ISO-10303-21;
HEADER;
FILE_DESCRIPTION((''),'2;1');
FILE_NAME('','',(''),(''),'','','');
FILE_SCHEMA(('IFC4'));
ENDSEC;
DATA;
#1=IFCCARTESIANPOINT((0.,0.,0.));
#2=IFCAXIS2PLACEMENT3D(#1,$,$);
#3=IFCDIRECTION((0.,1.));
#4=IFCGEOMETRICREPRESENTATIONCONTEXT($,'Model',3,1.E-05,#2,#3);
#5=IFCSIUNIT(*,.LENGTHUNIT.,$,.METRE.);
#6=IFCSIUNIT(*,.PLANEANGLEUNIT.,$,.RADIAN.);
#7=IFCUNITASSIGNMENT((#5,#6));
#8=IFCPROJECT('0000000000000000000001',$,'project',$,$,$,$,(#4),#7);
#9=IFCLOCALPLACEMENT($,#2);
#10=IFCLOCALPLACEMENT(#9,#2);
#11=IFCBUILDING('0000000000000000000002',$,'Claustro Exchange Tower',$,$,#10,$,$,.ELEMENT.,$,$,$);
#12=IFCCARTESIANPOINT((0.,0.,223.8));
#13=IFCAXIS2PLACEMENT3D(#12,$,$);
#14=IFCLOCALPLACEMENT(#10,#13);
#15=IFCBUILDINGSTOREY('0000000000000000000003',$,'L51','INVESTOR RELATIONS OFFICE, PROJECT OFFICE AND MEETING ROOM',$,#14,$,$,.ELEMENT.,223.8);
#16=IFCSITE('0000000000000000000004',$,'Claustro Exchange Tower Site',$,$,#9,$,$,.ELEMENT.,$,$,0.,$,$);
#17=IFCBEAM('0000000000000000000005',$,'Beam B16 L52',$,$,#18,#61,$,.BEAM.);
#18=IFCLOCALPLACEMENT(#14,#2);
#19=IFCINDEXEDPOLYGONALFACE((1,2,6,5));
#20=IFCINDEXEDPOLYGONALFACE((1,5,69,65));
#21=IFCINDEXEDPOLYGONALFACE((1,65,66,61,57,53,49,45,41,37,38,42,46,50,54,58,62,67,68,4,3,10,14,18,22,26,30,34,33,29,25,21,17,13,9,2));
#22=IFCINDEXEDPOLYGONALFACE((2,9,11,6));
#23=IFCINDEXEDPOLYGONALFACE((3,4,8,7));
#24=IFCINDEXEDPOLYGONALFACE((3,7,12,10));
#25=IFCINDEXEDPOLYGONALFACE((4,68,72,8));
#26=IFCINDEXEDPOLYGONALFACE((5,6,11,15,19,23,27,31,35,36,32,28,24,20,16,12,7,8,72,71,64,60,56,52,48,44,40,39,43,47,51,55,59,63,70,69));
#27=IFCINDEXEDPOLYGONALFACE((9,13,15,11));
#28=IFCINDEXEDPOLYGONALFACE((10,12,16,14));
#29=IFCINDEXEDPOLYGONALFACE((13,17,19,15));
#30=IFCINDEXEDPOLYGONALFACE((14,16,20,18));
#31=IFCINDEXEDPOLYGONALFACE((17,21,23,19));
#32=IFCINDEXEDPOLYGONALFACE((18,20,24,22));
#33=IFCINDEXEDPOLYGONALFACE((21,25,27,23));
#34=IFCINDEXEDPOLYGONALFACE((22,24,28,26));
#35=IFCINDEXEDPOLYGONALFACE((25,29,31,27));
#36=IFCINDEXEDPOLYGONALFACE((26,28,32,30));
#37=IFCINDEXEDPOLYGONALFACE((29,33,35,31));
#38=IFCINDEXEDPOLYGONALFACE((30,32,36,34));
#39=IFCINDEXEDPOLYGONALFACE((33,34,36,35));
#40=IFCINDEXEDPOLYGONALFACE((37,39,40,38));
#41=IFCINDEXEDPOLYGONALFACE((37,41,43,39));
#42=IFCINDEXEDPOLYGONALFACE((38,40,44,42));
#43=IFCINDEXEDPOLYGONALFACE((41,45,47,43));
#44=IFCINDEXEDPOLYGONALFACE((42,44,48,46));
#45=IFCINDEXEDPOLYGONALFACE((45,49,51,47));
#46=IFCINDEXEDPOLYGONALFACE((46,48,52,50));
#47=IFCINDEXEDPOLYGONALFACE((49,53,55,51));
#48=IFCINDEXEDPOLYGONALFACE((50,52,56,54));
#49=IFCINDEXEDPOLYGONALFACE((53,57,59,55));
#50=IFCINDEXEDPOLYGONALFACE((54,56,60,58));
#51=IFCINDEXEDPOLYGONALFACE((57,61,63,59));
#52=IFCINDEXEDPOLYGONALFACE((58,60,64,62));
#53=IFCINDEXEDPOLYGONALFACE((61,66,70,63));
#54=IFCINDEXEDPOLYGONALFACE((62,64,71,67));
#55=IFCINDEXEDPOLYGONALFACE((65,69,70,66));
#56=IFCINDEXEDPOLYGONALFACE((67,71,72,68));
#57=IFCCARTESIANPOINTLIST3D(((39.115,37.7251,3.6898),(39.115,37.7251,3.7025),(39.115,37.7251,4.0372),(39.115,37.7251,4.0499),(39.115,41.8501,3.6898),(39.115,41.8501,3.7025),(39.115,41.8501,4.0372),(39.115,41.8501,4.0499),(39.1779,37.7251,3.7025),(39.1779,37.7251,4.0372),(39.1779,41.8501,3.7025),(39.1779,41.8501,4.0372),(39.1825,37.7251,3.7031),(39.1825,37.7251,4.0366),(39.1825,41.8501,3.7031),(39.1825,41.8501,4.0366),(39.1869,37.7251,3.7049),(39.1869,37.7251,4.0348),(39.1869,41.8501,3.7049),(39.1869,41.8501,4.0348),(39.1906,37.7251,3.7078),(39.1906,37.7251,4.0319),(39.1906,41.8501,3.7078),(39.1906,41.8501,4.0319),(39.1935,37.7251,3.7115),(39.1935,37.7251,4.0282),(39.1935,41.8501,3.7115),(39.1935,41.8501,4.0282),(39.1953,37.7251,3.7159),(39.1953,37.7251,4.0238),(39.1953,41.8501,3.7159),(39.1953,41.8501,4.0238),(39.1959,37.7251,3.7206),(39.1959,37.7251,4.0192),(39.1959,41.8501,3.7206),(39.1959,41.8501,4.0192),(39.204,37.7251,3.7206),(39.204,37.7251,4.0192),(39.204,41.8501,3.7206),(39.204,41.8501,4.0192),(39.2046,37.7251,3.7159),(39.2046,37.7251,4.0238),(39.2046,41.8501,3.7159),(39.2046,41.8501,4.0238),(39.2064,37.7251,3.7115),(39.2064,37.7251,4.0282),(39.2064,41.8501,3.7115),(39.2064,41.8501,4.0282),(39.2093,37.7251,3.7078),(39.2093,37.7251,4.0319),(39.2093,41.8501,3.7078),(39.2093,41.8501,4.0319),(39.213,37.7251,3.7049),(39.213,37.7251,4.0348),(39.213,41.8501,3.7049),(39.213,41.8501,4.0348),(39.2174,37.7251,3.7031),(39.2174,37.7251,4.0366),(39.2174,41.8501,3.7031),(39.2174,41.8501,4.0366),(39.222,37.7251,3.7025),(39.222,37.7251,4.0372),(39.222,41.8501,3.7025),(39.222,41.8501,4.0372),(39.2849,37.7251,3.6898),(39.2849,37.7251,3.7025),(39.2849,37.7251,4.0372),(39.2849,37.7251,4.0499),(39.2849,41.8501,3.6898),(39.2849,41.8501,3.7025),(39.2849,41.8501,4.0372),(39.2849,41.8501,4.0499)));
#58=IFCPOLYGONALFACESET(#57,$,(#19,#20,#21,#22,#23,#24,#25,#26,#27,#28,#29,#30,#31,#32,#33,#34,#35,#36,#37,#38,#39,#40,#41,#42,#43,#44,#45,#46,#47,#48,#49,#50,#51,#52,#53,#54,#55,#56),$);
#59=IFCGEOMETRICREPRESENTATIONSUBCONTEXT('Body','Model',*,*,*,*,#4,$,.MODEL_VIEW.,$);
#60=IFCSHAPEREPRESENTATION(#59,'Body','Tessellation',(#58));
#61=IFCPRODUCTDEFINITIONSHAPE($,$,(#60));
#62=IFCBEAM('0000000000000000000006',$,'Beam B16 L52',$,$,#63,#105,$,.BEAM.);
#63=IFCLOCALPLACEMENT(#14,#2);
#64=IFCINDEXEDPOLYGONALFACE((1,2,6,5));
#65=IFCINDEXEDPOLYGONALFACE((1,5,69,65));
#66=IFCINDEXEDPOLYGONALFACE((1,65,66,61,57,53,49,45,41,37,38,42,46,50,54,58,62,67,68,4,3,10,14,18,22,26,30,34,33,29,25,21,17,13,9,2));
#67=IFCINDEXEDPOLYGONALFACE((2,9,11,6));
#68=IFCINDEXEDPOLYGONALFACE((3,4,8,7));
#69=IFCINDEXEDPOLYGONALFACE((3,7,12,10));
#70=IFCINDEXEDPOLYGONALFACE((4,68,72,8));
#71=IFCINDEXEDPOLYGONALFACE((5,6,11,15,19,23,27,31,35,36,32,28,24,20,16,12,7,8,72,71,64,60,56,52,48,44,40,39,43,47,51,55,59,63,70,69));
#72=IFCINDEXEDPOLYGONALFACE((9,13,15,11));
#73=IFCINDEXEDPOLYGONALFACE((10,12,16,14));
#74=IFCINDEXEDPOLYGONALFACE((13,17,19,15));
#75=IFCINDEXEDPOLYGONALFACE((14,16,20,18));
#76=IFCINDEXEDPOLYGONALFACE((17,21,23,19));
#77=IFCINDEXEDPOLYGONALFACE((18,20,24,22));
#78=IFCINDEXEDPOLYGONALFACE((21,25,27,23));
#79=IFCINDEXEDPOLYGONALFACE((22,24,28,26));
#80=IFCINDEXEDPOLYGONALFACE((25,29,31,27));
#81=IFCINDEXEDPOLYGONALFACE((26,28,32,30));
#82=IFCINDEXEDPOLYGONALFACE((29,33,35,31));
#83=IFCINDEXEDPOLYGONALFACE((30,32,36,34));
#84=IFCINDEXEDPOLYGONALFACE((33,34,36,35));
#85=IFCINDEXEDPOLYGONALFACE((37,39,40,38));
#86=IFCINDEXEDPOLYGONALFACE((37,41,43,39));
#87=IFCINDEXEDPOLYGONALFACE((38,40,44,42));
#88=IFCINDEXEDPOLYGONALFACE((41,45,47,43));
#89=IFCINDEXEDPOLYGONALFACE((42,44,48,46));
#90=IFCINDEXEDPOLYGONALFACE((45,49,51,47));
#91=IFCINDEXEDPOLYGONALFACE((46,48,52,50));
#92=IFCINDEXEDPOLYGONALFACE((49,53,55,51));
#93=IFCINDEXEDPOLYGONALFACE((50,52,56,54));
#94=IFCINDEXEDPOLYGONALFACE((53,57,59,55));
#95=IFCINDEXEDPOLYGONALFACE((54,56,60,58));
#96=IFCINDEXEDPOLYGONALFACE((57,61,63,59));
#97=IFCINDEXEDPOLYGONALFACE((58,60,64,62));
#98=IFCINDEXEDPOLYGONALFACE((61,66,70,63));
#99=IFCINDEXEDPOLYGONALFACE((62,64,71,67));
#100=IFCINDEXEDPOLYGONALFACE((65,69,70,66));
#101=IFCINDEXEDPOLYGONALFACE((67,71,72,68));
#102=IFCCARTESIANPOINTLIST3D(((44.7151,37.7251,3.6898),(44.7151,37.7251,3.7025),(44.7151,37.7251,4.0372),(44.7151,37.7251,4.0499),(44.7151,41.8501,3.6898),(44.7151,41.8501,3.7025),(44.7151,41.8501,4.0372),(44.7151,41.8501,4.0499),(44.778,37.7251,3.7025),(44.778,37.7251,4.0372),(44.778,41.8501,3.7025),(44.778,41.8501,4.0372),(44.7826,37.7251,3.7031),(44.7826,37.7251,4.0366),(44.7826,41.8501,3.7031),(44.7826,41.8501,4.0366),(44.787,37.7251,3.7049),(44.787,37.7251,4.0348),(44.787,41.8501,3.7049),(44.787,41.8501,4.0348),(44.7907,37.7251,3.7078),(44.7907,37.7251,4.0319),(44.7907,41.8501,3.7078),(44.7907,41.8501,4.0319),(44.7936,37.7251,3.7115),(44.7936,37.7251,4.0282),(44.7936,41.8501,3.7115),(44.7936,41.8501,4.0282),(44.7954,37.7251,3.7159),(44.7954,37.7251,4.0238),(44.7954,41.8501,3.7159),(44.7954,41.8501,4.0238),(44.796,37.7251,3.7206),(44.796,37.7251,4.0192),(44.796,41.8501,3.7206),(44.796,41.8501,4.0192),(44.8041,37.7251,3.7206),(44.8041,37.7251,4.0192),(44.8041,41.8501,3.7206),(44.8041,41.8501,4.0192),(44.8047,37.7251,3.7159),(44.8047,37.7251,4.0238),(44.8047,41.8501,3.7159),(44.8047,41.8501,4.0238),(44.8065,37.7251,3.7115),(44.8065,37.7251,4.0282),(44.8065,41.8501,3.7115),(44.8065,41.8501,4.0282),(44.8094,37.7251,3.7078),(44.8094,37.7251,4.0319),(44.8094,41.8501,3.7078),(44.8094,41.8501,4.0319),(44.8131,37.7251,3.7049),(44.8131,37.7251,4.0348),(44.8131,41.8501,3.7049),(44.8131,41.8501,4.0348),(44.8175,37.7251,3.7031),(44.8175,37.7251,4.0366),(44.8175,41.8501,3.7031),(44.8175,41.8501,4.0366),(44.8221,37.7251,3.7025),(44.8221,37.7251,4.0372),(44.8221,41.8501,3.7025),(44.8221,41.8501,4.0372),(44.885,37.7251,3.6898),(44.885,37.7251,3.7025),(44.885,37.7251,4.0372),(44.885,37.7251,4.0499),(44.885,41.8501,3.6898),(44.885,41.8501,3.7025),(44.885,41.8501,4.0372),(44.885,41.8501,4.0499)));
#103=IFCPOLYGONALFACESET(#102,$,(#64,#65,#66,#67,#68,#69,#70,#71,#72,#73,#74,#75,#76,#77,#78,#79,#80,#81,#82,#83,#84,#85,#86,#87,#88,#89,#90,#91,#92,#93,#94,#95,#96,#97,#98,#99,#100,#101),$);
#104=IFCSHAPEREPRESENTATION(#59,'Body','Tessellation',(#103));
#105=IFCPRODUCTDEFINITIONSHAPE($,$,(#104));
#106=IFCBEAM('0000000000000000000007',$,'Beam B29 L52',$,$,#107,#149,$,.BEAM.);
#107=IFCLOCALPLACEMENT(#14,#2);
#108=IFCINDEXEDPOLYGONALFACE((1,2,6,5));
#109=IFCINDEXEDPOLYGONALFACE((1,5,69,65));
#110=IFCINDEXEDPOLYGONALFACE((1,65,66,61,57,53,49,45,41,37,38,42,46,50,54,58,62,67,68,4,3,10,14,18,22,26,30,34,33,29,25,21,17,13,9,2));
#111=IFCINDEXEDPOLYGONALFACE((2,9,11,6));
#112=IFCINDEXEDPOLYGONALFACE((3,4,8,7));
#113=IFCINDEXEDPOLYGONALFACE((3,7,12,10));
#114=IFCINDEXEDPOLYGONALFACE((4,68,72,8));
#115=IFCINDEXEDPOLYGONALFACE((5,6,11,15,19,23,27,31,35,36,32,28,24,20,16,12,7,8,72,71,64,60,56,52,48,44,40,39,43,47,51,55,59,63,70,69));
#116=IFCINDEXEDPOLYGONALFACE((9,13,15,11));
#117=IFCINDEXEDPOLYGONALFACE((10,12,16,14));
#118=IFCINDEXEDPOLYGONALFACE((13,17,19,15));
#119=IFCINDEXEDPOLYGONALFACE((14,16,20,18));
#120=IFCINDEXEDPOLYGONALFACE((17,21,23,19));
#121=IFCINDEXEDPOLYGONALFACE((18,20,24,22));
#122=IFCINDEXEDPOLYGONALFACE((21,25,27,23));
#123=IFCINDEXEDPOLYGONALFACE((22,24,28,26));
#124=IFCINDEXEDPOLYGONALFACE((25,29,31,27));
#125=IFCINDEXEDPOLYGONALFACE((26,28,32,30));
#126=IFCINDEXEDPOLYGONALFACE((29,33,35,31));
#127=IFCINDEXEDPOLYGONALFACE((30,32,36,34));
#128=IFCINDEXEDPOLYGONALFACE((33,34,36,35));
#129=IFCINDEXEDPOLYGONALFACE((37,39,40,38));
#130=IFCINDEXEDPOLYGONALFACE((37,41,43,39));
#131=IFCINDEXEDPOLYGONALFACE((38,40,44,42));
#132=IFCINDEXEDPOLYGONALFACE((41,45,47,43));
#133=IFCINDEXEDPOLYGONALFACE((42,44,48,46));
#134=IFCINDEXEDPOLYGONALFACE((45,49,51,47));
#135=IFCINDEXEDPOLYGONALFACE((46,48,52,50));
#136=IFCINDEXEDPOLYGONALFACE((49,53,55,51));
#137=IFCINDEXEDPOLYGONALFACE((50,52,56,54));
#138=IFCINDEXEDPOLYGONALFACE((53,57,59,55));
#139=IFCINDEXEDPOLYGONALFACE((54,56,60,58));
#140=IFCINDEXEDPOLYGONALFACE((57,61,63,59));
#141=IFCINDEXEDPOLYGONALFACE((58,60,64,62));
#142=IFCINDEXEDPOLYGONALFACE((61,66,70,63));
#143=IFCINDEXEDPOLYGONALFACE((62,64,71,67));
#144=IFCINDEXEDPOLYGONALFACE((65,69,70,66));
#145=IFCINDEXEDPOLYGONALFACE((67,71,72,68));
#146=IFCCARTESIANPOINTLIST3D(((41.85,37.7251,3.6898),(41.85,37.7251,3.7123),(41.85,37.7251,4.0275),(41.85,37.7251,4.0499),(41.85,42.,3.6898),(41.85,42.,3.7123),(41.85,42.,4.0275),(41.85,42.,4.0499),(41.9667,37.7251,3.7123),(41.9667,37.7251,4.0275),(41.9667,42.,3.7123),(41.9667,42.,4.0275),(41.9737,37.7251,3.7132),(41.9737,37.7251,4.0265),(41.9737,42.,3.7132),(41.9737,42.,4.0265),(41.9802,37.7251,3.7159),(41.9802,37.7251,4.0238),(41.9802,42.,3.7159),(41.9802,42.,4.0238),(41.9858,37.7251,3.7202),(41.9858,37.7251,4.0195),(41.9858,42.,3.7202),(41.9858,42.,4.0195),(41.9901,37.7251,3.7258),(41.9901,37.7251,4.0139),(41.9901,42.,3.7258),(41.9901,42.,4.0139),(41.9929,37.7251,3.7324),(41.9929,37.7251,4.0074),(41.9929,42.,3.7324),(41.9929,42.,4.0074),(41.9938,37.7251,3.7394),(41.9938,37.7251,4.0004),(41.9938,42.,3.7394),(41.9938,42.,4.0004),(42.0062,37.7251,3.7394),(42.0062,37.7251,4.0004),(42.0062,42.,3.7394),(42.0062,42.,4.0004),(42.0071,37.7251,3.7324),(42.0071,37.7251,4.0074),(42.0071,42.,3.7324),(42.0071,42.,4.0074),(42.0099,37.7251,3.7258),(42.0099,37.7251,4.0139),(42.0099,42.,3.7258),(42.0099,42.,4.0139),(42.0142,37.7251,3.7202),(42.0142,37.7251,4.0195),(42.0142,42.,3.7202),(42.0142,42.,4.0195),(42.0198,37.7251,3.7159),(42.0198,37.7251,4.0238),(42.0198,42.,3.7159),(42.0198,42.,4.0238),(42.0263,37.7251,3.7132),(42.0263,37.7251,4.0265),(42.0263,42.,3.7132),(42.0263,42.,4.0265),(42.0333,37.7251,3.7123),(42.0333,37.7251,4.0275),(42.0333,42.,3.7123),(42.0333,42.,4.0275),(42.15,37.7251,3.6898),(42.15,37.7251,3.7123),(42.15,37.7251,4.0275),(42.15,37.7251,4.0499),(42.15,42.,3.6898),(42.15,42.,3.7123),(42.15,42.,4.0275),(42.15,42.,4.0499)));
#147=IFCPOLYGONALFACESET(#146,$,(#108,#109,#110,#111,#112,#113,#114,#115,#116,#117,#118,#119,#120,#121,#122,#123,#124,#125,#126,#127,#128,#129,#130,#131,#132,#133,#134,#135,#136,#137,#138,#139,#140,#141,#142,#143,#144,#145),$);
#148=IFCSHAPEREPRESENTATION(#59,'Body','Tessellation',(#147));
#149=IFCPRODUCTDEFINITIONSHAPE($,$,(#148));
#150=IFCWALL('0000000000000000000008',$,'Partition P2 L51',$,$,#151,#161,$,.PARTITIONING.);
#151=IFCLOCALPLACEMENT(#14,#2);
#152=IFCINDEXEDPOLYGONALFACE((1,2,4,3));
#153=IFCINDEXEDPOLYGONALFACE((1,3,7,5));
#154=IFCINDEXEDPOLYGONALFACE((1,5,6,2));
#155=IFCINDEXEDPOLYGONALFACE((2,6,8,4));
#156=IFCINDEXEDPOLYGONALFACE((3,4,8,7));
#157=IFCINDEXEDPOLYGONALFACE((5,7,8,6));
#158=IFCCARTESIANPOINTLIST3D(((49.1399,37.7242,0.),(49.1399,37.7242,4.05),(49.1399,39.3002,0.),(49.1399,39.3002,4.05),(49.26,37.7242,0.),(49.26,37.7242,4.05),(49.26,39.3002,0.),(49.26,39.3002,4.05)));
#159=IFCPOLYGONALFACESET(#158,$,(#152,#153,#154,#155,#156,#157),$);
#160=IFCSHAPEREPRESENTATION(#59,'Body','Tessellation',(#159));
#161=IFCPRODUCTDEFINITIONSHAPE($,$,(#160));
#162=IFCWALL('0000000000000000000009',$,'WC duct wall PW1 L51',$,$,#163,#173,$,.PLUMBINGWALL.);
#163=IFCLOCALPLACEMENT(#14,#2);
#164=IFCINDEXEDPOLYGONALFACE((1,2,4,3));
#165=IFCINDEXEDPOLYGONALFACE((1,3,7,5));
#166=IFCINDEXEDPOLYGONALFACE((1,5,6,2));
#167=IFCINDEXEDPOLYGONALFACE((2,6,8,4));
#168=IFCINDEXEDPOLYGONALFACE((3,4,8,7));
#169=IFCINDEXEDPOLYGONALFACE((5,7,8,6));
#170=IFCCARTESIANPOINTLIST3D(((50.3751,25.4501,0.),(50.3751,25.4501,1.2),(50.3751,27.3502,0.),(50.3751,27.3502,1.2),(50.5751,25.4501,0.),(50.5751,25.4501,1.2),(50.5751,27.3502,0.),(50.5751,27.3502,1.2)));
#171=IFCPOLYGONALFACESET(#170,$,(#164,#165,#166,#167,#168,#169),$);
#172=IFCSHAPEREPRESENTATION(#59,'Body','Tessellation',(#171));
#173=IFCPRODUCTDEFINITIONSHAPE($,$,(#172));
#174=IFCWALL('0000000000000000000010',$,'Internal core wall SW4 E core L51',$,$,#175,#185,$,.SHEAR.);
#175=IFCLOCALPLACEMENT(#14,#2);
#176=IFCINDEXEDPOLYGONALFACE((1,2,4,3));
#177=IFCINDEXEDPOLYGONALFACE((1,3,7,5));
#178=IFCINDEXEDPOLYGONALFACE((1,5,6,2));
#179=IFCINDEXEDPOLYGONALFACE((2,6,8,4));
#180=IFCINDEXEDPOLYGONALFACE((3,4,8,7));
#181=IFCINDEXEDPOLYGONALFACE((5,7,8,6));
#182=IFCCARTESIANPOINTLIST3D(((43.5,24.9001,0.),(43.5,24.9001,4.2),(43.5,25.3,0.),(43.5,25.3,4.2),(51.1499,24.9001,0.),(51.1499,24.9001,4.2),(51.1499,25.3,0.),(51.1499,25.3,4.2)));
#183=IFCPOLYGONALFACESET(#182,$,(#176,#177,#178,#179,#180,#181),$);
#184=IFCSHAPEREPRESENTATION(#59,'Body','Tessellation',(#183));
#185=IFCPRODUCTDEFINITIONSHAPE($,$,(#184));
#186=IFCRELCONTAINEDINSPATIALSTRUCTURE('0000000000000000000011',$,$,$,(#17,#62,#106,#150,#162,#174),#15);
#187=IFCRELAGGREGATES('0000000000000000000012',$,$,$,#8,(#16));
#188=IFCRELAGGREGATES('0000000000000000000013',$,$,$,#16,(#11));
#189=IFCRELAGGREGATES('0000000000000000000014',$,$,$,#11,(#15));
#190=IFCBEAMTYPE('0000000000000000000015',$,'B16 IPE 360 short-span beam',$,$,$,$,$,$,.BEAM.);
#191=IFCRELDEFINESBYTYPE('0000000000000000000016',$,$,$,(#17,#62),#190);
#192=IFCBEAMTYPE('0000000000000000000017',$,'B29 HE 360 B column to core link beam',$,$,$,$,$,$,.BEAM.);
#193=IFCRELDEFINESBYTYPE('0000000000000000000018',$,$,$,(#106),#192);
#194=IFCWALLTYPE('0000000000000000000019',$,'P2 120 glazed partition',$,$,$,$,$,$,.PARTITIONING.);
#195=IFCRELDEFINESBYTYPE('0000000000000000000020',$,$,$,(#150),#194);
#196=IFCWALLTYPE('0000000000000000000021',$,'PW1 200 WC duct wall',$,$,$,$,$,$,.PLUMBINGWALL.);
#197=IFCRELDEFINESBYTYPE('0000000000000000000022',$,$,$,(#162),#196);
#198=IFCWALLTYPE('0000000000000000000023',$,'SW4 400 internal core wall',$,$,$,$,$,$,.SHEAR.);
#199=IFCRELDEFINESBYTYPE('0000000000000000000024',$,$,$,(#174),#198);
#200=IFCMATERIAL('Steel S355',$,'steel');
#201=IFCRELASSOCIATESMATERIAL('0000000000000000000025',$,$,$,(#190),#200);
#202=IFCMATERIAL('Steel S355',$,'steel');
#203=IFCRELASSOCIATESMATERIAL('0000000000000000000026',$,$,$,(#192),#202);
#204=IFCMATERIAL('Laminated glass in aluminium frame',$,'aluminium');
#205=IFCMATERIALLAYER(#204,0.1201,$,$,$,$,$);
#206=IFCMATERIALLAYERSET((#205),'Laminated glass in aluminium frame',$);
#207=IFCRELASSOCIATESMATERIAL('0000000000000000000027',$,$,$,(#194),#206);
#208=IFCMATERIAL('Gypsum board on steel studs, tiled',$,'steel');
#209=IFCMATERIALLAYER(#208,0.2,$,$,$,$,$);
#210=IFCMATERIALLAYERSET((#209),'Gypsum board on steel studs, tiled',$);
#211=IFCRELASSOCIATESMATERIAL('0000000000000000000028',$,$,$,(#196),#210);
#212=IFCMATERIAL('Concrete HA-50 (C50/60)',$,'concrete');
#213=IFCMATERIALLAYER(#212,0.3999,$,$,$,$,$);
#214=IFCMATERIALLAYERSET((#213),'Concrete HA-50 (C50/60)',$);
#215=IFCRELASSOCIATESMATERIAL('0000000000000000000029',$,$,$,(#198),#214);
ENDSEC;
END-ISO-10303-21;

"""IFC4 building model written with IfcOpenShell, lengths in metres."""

from ifc_helpers import new_model, si_unit, direction, frame, frame_2d, origin, origin_2d, place, context, subcontext, project, spatial, rectangle, i_section, extrude, material, layer, layer_set, material_profile, profile_set, type_object, element, save


model = new_model("IFC4")

# Units and contexts
model_context = context("Model", 3, precision=1e-05, world=origin(), true_north=direction((0.0, 1.0)))
body_context = subcontext(model_context, "Body", "Model", "MODEL_VIEW")
ifc_project = project(units=[si_unit("LENGTHUNIT", "METRE"), si_unit("PLANEANGLEUNIT", "RADIAN")], contexts=[model_context])

# Site, building, storey
site_placement = place(None, origin())
site = spatial("IfcSite", under=ifc_project, at=site_placement, Name="Claustro Exchange Tower Site", CompositionType="ELEMENT", RefElevation=0.0)
building_placement = place(site_placement, origin())
building = spatial("IfcBuilding", under=site, at=building_placement, Name="Claustro Exchange Tower", CompositionType="ELEMENT")
storey_placement = place(building_placement, frame((0.0, 0.0, 223.8)))
storey = spatial("IfcBuildingStorey", under=building, at=storey_placement, Name="L51", Description="INVESTOR RELATIONS OFFICE, PROJECT OFFICE AND MEETING ROOM", CompositionType="ELEMENT", Elevation=223.8)

# Beams
ifc_material_1 = material(Name="Steel S355", Category="steel")
ifc_material_profile_1 = material_profile(ifc_material_1, i_section(OverallWidth=0.1699, OverallDepth=0.3601, WebThickness=0.0081, FlangeThickness=0.0127, FilletRadius=0.0181, at=origin_2d()), Name="IPE 360")
ifc_profile_set_1 = profile_set([ifc_material_profile_1], Name="Steel S355")
beam_type_1 = type_object("IfcBeamType", Name="B16 IPE 360 short-span beam", PredefinedType="BEAM", material=ifc_profile_set_1)
for number, where, z_axis, x_axis, name in (
    (1, (39.2, 37.7251, 3.8699), (0.0, 1.0, 0.0), (-1.0, 0.0, 0.0), "Beam B16 L52"),
    (2, (44.8, 37.7251, 3.8699), (0.0, 1.0, 0.0), (-1.0, 0.0, 0.0), "Beam B16 L52"),
):
    element("IfcBeam", number, at=place(storey_placement, frame(where, z_axis=z_axis, x_axis=x_axis)), inside=storey, type_object=beam_type_1, Name=name, PredefinedType="BEAM", context=body_context, shape_type="SweptSolid", body=[
        extrude(i_section(OverallWidth=0.1699, OverallDepth=0.3601, WebThickness=0.0081, FlangeThickness=0.0127, FilletRadius=0.0181, at=origin_2d()), origin(), (0.0, 0.0, 1.0), 4.125),
    ])
ifc_material_2 = material(Name="Steel S355", Category="steel")
ifc_material_profile_2 = material_profile(ifc_material_2, i_section(OverallWidth=0.3, OverallDepth=0.3601, WebThickness=0.0125, FlangeThickness=0.0225, FilletRadius=0.0271, at=origin_2d()), Name="HE 360 B")
ifc_profile_set_2 = profile_set([ifc_material_profile_2], Name="Steel S355")
beam_type_2 = type_object("IfcBeamType", Name="B29 HE 360 B column to core link beam", PredefinedType="BEAM", material=ifc_profile_set_2)
beam_placement = place(storey_placement, frame((42.0, 37.7251, 3.8699), z_axis=(0.0, 1.0, 0.0), x_axis=(-1.0, 0.0, 0.0)))
element("IfcBeam", 3, at=beam_placement, inside=storey, type_object=beam_type_2, Name="Beam B29 L52", PredefinedType="BEAM", context=body_context, shape_type="SweptSolid", body=[
    extrude(i_section(OverallWidth=0.3, OverallDepth=0.3601, WebThickness=0.0125, FlangeThickness=0.0225, FilletRadius=0.0271, at=origin_2d()), origin(), (0.0, 0.0, 1.0), 4.2749),
])

# Walls
ifc_material_3 = material(Name="Laminated glass in aluminium frame", Category="aluminium")
ifc_layer_1 = layer(ifc_material_3, 0.1201)
ifc_layer_set_1 = layer_set([ifc_layer_1], Name="Laminated glass in aluminium frame")
wall_type_1 = type_object("IfcWallType", Name="P2 120 glazed partition", PredefinedType="PARTITIONING", material=ifc_layer_set_1)
wall_1_placement = place(storey_placement, frame((49.2, 37.7241, 0.0), z_axis=(0.0, 0.0, 1.0), x_axis=(0.0, 1.0, 0.0)))
element("IfcWall", 4, at=wall_1_placement, inside=storey, type_object=wall_type_1, Name="Partition P2 L51", PredefinedType="PARTITIONING", context=body_context, shape_type="SweptSolid", body=[
    extrude(rectangle(XDim=1.5759, YDim=0.1201, at=frame_2d((0.7881, 0.0))), origin(), (0.0, 0.0, 1.0), 4.05),
])
ifc_material_4 = material(Name="Gypsum board on steel studs, tiled", Category="steel")
ifc_layer_2 = layer(ifc_material_4, 0.2)
ifc_layer_set_2 = layer_set([ifc_layer_2], Name="Gypsum board on steel studs, tiled")
wall_type_2 = type_object("IfcWallType", Name="PW1 200 WC duct wall", PredefinedType="PLUMBINGWALL", material=ifc_layer_set_2)
wall_2_placement = place(storey_placement, frame((50.4751, 25.45, 0.0), z_axis=(0.0, 0.0, 1.0), x_axis=(0.0, 1.0, 0.0)))
element("IfcWall", 5, at=wall_2_placement, inside=storey, type_object=wall_type_2, Name="WC duct wall PW1 L51", PredefinedType="PLUMBINGWALL", context=body_context, shape_type="SweptSolid", body=[
    extrude(rectangle(XDim=1.9001, YDim=0.2, at=frame_2d((0.9502, 0.0))), origin(), (0.0, 0.0, 1.0), 1.2),
])
ifc_material_5 = material(Name="Concrete HA-50 (C50/60)", Category="concrete")
ifc_layer_3 = layer(ifc_material_5, 0.3999)
ifc_layer_set_3 = layer_set([ifc_layer_3], Name="Concrete HA-50 (C50/60)")
wall_type_3 = type_object("IfcWallType", Name="SW4 400 internal core wall", PredefinedType="SHEAR", material=ifc_layer_set_3)
for number, where, z_axis, x_axis, name in (
    (6, (51.1499, 25.1001, 0.0), (0.0, 0.0, 1.0), (-1.0, 0.0, 0.0), "Internal core wall SW4 E core L51"),
):
    element("IfcWall", number, at=place(storey_placement, frame(where, z_axis=z_axis, x_axis=x_axis)), inside=storey, type_object=wall_type_3, Name=name, PredefinedType="SHEAR", context=body_context, shape_type="SweptSolid", body=[
        extrude(rectangle(XDim=7.6499, YDim=0.3999, at=frame_2d((3.825, 0.0))), origin(), (0.0, 0.0, 1.0), 4.2),
    ])

save(model, "model.ifc")
